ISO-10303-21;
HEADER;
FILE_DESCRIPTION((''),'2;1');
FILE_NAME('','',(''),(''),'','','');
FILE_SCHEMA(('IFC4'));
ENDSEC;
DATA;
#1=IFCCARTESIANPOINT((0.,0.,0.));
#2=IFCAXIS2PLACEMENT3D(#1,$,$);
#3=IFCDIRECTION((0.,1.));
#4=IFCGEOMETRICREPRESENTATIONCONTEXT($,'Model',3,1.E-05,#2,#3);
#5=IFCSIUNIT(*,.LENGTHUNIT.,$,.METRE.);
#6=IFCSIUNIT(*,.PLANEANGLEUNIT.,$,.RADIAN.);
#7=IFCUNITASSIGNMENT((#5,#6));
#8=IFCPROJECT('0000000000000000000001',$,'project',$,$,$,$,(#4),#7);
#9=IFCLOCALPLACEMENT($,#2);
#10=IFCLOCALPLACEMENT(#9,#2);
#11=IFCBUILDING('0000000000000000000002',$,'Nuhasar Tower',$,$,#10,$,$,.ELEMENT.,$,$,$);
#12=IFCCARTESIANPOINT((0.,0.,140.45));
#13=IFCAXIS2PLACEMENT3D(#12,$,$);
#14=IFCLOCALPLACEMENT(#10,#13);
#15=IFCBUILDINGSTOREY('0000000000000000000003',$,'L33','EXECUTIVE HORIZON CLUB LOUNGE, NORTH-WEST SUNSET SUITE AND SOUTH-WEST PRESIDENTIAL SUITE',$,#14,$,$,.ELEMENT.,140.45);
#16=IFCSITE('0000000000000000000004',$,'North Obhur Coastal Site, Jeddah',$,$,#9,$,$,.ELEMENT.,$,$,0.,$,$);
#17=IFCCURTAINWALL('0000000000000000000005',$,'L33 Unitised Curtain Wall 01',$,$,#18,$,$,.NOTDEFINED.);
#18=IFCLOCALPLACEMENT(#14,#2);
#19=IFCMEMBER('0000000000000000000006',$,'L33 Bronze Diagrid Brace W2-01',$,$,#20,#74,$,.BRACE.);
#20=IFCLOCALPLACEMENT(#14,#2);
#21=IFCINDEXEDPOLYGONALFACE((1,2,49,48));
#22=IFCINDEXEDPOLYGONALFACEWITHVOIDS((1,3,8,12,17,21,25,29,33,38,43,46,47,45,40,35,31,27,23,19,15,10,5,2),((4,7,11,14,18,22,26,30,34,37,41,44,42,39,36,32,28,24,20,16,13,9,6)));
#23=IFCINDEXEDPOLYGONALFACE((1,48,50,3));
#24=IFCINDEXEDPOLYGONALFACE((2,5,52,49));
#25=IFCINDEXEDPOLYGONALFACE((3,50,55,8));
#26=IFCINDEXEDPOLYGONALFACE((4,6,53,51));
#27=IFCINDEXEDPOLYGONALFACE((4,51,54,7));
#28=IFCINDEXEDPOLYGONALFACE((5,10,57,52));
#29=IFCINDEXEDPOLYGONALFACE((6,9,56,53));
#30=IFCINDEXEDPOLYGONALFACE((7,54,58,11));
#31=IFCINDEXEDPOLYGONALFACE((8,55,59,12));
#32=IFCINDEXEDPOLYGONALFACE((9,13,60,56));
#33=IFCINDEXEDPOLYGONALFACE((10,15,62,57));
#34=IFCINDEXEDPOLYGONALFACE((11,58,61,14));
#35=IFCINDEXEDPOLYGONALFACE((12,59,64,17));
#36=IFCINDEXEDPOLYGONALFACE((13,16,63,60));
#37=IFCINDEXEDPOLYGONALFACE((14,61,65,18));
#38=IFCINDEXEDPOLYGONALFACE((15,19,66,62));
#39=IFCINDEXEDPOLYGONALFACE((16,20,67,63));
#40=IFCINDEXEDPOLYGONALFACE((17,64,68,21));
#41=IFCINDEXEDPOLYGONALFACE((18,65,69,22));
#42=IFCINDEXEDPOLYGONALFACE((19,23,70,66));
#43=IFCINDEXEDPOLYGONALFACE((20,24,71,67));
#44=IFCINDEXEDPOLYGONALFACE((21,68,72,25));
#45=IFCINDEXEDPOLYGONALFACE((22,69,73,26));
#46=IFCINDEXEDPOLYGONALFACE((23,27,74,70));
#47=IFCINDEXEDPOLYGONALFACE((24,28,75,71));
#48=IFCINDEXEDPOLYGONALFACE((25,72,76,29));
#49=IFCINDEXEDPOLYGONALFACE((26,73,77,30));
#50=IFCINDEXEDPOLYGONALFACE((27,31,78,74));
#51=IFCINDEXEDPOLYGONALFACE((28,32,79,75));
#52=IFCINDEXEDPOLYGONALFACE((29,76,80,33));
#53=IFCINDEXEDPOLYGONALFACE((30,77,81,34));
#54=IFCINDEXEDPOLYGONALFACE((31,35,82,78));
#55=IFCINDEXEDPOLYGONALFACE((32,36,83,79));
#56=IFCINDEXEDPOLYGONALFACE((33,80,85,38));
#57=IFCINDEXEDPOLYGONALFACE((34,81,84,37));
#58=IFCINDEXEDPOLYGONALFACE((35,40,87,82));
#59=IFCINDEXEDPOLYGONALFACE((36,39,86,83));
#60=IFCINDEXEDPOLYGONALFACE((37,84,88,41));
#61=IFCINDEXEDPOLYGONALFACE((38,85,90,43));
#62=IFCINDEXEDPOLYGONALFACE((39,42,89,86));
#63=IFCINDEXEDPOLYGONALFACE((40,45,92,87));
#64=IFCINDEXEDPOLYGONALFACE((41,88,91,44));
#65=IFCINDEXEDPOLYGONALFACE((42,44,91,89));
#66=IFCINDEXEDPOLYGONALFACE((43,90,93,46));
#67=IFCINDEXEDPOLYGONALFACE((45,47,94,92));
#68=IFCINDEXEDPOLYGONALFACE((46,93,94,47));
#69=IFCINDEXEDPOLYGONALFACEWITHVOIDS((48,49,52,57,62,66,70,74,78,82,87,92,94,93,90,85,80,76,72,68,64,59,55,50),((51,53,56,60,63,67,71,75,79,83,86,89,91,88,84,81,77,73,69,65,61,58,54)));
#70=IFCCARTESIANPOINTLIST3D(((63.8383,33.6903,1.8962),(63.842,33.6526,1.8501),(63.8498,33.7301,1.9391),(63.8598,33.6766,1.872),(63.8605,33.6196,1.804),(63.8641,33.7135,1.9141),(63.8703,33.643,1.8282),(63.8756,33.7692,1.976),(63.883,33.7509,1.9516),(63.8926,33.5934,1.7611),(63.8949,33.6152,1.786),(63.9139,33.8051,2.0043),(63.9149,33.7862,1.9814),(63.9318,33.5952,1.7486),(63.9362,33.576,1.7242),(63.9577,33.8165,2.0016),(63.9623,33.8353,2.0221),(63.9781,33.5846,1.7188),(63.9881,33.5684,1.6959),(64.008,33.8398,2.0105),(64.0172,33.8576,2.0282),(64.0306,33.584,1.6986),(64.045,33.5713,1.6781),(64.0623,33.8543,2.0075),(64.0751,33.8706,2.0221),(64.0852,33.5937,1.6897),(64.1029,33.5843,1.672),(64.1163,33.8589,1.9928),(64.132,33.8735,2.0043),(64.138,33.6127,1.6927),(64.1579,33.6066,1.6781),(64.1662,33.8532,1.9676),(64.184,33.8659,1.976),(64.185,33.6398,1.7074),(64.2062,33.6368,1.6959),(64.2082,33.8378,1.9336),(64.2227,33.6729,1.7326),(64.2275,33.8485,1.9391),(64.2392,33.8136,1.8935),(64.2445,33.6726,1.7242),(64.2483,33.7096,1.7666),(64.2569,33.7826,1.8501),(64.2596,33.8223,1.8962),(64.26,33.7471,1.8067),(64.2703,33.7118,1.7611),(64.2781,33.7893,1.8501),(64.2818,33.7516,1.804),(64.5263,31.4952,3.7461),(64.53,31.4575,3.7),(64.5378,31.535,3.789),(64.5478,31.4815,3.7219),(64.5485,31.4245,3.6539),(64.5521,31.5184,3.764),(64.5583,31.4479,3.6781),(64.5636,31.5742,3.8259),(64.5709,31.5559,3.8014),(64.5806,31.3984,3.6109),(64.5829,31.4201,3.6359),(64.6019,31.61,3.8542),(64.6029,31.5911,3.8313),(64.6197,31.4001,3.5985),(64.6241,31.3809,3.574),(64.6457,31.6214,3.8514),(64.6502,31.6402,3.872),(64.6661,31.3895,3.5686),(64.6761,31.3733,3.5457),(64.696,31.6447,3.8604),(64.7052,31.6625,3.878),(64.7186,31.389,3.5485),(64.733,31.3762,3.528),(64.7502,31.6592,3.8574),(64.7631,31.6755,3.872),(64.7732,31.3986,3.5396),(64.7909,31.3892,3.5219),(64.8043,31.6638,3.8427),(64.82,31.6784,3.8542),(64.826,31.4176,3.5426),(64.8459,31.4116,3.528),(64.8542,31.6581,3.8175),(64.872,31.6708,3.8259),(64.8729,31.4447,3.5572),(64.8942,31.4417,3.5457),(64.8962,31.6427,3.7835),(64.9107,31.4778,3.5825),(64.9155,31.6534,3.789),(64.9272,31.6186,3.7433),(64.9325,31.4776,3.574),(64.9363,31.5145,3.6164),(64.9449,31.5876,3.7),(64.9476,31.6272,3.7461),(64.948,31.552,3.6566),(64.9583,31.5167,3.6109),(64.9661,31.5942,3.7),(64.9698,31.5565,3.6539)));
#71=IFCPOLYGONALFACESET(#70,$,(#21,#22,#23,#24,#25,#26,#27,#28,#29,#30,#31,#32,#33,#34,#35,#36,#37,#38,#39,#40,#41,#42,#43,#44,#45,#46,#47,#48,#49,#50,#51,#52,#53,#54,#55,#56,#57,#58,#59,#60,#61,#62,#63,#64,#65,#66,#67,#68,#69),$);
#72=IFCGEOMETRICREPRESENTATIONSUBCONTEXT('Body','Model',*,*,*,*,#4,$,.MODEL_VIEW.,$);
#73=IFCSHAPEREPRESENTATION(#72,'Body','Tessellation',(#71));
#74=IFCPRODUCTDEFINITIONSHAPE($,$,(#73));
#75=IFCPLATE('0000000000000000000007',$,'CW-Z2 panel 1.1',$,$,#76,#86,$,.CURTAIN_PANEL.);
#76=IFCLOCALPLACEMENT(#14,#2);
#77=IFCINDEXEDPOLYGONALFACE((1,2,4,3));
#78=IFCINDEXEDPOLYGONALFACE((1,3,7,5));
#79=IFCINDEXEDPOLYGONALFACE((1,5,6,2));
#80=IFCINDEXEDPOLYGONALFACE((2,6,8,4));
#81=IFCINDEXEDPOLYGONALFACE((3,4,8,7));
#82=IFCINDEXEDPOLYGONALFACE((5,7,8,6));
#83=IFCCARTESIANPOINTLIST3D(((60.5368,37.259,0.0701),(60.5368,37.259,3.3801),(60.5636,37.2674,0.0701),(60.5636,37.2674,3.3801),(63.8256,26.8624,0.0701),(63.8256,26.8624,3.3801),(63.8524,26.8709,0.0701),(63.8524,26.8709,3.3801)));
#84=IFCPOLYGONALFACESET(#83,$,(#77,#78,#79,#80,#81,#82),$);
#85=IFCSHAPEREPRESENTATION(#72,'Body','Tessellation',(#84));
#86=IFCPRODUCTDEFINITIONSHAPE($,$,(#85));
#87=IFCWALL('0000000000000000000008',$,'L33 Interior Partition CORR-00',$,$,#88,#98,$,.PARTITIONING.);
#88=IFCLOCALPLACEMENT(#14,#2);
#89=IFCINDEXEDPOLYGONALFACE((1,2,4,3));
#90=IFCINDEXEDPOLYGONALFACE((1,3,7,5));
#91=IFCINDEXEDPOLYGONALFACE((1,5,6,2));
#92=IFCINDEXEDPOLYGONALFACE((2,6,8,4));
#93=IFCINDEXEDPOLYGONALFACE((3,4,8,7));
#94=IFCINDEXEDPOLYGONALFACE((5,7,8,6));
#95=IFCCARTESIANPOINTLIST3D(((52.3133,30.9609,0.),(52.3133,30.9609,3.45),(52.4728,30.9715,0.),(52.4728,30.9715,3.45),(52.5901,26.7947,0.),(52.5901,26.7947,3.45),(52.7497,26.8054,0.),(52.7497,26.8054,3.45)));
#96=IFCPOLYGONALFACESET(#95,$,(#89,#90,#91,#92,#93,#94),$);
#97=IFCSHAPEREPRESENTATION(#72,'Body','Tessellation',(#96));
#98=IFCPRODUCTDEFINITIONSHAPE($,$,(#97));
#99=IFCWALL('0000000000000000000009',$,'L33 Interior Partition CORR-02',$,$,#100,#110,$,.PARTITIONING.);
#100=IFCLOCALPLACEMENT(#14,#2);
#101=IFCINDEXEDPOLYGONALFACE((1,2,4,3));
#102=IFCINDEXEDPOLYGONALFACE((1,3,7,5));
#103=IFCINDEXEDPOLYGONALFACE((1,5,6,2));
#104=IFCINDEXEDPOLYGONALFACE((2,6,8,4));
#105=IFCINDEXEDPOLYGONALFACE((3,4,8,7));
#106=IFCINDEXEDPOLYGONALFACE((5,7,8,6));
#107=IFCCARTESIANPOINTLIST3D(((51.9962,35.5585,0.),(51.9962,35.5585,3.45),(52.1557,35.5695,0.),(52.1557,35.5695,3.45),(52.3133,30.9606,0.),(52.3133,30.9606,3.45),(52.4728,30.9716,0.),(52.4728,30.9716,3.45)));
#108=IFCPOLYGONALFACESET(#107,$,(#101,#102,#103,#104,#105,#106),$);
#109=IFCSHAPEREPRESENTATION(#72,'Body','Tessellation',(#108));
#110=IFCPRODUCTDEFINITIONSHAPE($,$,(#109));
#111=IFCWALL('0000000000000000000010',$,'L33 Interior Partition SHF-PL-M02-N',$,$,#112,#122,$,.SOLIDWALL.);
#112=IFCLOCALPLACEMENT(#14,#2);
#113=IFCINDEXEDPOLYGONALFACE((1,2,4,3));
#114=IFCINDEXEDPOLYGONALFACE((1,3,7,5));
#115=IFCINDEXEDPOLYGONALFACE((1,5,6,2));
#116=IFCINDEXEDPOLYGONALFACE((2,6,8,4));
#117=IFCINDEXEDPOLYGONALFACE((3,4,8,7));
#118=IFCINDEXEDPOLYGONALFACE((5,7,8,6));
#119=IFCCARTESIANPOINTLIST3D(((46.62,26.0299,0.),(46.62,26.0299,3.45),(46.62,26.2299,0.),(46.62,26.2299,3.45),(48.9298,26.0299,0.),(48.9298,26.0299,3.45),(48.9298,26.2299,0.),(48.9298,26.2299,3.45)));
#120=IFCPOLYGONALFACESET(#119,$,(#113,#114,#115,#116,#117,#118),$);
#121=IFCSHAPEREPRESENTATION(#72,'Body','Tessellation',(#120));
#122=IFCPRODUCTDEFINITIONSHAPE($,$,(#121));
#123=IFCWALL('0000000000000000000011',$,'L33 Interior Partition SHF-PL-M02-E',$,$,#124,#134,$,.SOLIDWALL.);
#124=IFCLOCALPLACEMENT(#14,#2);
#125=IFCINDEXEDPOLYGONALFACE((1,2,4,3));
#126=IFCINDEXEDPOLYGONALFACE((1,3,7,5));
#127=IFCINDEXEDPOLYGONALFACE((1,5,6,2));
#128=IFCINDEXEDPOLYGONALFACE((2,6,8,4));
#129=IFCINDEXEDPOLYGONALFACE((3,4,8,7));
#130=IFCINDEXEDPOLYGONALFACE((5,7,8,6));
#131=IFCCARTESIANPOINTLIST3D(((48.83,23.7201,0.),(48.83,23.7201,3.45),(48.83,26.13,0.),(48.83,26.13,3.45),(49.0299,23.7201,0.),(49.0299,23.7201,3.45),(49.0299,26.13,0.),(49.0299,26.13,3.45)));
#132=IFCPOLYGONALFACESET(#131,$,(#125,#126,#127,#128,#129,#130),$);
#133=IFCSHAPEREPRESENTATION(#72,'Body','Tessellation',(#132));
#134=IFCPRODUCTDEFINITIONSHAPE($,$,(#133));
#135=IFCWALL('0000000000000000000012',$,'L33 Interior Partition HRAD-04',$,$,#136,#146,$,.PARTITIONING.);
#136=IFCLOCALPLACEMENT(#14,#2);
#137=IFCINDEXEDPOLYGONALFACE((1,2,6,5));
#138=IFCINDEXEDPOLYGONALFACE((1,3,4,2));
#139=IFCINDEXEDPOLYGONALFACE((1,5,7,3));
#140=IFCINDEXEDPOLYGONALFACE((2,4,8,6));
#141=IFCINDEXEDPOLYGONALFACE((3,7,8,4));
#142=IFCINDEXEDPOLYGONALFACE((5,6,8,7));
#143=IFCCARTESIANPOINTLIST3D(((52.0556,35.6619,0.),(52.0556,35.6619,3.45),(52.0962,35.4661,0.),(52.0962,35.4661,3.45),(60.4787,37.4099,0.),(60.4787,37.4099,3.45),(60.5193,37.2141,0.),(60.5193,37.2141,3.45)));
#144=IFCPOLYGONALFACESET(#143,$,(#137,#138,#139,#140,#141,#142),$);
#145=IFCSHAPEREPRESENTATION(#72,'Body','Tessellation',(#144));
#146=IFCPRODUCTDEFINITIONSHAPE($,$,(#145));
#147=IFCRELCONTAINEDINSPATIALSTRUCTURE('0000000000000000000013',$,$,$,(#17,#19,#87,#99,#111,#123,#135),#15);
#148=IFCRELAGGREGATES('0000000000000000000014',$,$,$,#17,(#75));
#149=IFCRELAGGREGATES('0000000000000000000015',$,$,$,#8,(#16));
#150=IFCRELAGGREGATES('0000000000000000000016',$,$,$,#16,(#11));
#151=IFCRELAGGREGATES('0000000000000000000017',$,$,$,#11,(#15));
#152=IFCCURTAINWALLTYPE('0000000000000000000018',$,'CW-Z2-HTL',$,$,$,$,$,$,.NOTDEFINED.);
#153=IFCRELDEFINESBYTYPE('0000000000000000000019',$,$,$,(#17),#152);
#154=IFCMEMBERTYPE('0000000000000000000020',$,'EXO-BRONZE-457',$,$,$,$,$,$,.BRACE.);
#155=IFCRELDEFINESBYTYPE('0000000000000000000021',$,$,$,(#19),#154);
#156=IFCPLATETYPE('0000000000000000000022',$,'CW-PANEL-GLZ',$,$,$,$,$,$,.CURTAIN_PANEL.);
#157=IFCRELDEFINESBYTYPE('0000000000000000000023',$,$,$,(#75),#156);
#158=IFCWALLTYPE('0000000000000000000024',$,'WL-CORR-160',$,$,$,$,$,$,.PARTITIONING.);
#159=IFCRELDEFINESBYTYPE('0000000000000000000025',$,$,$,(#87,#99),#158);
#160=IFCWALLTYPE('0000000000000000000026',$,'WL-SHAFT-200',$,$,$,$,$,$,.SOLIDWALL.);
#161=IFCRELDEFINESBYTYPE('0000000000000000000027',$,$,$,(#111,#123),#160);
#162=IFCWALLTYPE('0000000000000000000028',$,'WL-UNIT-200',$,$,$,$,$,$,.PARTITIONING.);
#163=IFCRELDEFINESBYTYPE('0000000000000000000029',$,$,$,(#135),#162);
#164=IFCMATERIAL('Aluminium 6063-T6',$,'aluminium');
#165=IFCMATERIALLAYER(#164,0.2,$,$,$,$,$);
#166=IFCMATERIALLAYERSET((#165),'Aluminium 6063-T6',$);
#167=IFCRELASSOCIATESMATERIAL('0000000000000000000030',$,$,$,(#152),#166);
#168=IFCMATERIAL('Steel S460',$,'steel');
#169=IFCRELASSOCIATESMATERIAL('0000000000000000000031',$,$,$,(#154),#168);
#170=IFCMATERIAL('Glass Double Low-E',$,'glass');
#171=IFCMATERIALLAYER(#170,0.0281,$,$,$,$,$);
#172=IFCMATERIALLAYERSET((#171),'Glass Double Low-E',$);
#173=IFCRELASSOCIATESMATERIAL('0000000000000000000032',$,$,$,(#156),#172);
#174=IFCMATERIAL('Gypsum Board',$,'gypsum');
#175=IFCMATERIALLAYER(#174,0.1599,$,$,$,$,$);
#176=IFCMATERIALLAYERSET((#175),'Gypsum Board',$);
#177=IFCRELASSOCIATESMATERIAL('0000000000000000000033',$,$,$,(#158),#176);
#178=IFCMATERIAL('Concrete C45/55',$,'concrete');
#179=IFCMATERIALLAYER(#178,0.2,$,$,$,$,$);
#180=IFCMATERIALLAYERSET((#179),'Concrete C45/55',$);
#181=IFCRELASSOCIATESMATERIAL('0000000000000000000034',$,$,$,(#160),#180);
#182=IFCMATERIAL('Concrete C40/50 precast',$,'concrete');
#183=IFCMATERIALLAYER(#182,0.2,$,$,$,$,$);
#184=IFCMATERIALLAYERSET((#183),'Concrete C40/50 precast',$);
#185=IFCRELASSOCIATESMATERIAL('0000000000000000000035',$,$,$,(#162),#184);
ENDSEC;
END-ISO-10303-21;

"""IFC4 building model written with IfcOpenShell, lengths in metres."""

from ifc_helpers import new_model, si_unit, direction, frame, frame_2d, origin, origin_2d, place, context, subcontext, project, spatial, rectangle, hollow_circle, extrude, material, layer, layer_set, material_profile, profile_set, type_object, element, aggregate, save


model = new_model("IFC4")

# Units and contexts
model_context = context("Model", 3, precision=1e-05, world=origin(), true_north=direction((0.0, 1.0)))
body_context = subcontext(model_context, "Body", "Model", "MODEL_VIEW")
ifc_project = project(units=[si_unit("LENGTHUNIT", "METRE"), si_unit("PLANEANGLEUNIT", "RADIAN")], contexts=[model_context])

# Site, building, storey
site_placement = place(None, origin())
site = spatial("IfcSite", under=ifc_project, at=site_placement, Name="North Obhur Coastal Site, Jeddah", CompositionType="ELEMENT", RefElevation=0.0)
building_placement = place(site_placement, origin())
building = spatial("IfcBuilding", under=site, at=building_placement, Name="Nuhasar Tower", CompositionType="ELEMENT")
storey_placement = place(building_placement, frame((0.0, 0.0, 140.45)))
storey = spatial("IfcBuildingStorey", under=building, at=storey_placement, Name="L33", Description="EXECUTIVE HORIZON CLUB LOUNGE, NORTH-WEST SUNSET SUITE AND SOUTH-WEST PRESIDENTIAL SUITE", CompositionType="ELEMENT", Elevation=140.45)

# Curtain wall
ifc_material_1 = material(Name="Aluminium 6063-T6", Category="aluminium")
ifc_layer_1 = layer(ifc_material_1, 0.2)
ifc_layer_set_1 = layer_set([ifc_layer_1], Name="Aluminium 6063-T6")
curtain_wall_type = type_object("IfcCurtainWallType", Name="CW-Z2-HTL", PredefinedType="NOTDEFINED", material=ifc_layer_set_1)
curtain_wall_1_placement = place(storey_placement, origin())
curtain_wall_1 = element("IfcCurtainWall", 1, at=curtain_wall_1_placement, inside=storey, type_object=curtain_wall_type, Name="L33 Unitised Curtain Wall 01", PredefinedType="NOTDEFINED")

# Member
ifc_material_2 = material(Name="Steel S460", Category="steel")
ifc_material_profile_1 = material_profile(ifc_material_2, hollow_circle(Radius=0.2285, WallThickness=0.0222, at=origin_2d()), Name="HSS457X22.2")
ifc_profile_set_1 = profile_set([ifc_material_profile_1], Name="Steel S460")
member_type_1 = type_object("IfcMemberType", Name="EXO-BRONZE-457", PredefinedType="BRACE", material=ifc_profile_set_1)
member_1_placement = place(storey_placement, frame((64.0601, 33.7209, 1.8501), z_axis=(0.233068, -0.743616, 0.626669), x_axis=(0.954228, 0.299079, 0.0)))
element("IfcMember", 2, at=member_1_placement, inside=storey, type_object=member_type_1, Name="L33 Bronze Diagrid Brace W2-01", PredefinedType="BRACE", context=body_context, shape_type="SweptSolid", body=[
    extrude(hollow_circle(Radius=0.2285, WallThickness=0.0222, at=origin_2d()), origin(), (0.0, 0.0, 1.0), 2.9519),
])

# Plate
ifc_material_3 = material(Name="Glass Double Low-E", Category="glass")
ifc_layer_2 = layer(ifc_material_3, 0.0281)
ifc_layer_set_2 = layer_set([ifc_layer_2], Name="Glass Double Low-E")
plate_type = type_object("IfcPlateType", Name="CW-PANEL-GLZ", PredefinedType="CURTAIN_PANEL", material=ifc_layer_set_2)
plate_placement = place(storey_placement, frame((62.1946, 32.0649, 0.0701), z_axis=(0.0, 0.0, 1.0), x_axis=(-0.301604, 0.953433, 0.0)))
plate = element("IfcPlate", 3, at=plate_placement, type_object=plate_type, Name="CW-Z2 panel 1.1", PredefinedType="CURTAIN_PANEL", context=body_context, shape_type="SweptSolid", body=[
    extrude(rectangle(XDim=10.9043, YDim=0.0281, at=origin_2d()), origin(), (0.0, 0.0, 1.0), 3.3101),
])
aggregate(curtain_wall_1, [plate])

# Walls
ifc_material_4 = material(Name="Gypsum Board", Category="gypsum")
ifc_layer_3 = layer(ifc_material_4, 0.1599)
ifc_layer_set_3 = layer_set([ifc_layer_3], Name="Gypsum Board")
wall_type_1 = type_object("IfcWallType", Name="WL-CORR-160", PredefinedType="PARTITIONING", material=ifc_layer_set_3)
wall_1_placement = place(storey_placement, frame((52.6699, 26.8, 0.0), z_axis=(0.0, 0.0, 1.0), x_axis=(-0.066309, 0.997799, 0.0)))
element("IfcWall", 4, at=wall_1_placement, inside=storey, type_object=wall_type_1, Name="L33 Interior Partition CORR-00", PredefinedType="PARTITIONING", context=body_context, shape_type="SweptSolid", body=[
    extrude(rectangle(XDim=4.1753, YDim=0.1599, at=frame_2d((2.0876, 0.0))), origin(), (0.0, 0.0, 1.0), 3.45),
])
wall_2_placement = place(storey_placement, frame((52.3931, 30.9661, 0.0), z_axis=(0.0, 0.0, 1.0), x_axis=(-0.068811, 0.99763, 0.0)))
element("IfcWall", 5, at=wall_2_placement, inside=storey, type_object=wall_type_1, Name="L33 Interior Partition CORR-02", PredefinedType="PARTITIONING", context=body_context, shape_type="SweptSolid", body=[
    extrude(rectangle(XDim=4.6089, YDim=0.1599, at=frame_2d((2.3044, 0.0))), origin(), (0.0, 0.0, 1.0), 3.45),
])
ifc_material_5 = material(Name="Concrete C45/55", Category="concrete")
ifc_layer_4 = layer(ifc_material_5, 0.2)
ifc_layer_set_4 = layer_set([ifc_layer_4], Name="Concrete C45/55")
wall_type_2 = type_object("IfcWallType", Name="WL-SHAFT-200", PredefinedType="SOLIDWALL", material=ifc_layer_set_4)
wall_3_placement = place(storey_placement, frame((46.6201, 26.1299, 0.0), z_axis=(0.0, 0.0, 1.0), x_axis=(1.0, 0.0, 0.0)))
element("IfcWall", 6, at=wall_3_placement, inside=storey, type_object=wall_type_2, Name="L33 Interior Partition SHF-PL-M02-N", PredefinedType="SOLIDWALL", context=body_context, shape_type="SweptSolid", body=[
    extrude(rectangle(XDim=2.3098, YDim=0.2, at=frame_2d((1.1548, 0.0))), origin(), (0.0, 0.0, 1.0), 3.45),
])
wall_4_placement = place(storey_placement, frame((48.9299, 23.72, 0.0), z_axis=(0.0, 0.0, 1.0), x_axis=(0.0, 1.0, 0.0)))
element("IfcWall", 7, at=wall_4_placement, inside=storey, type_object=wall_type_2, Name="L33 Interior Partition SHF-PL-M02-E", PredefinedType="SOLIDWALL", context=body_context, shape_type="SweptSolid", body=[
    extrude(rectangle(XDim=2.4099, YDim=0.2, at=frame_2d((1.2051, 0.0))), origin(), (0.0, 0.0, 1.0), 3.45),
])
ifc_material_6 = material(Name="Concrete C40/50 precast", Category="concrete")
ifc_layer_5 = layer(ifc_material_6, 0.2)
ifc_layer_set_5 = layer_set([ifc_layer_5], Name="Concrete C40/50 precast")
wall_type_3 = type_object("IfcWallType", Name="WL-UNIT-200", PredefinedType="PARTITIONING", material=ifc_layer_set_5)
wall_5_placement = place(storey_placement, frame((52.0759, 35.564, 0.0), z_axis=(0.0, 0.0, 1.0), x_axis=(0.979137, 0.203201, 0.0)))
element("IfcWall", 8, at=wall_5_placement, inside=storey, type_object=wall_type_3, Name="L33 Interior Partition HRAD-04", PredefinedType="PARTITIONING", context=body_context, shape_type="SweptSolid", body=[
    extrude(rectangle(XDim=8.6025, YDim=0.2, at=frame_2d((4.3013, 0.0))), origin(), (0.0, 0.0, 1.0), 3.45),
])

save(model, "model.ifc")
